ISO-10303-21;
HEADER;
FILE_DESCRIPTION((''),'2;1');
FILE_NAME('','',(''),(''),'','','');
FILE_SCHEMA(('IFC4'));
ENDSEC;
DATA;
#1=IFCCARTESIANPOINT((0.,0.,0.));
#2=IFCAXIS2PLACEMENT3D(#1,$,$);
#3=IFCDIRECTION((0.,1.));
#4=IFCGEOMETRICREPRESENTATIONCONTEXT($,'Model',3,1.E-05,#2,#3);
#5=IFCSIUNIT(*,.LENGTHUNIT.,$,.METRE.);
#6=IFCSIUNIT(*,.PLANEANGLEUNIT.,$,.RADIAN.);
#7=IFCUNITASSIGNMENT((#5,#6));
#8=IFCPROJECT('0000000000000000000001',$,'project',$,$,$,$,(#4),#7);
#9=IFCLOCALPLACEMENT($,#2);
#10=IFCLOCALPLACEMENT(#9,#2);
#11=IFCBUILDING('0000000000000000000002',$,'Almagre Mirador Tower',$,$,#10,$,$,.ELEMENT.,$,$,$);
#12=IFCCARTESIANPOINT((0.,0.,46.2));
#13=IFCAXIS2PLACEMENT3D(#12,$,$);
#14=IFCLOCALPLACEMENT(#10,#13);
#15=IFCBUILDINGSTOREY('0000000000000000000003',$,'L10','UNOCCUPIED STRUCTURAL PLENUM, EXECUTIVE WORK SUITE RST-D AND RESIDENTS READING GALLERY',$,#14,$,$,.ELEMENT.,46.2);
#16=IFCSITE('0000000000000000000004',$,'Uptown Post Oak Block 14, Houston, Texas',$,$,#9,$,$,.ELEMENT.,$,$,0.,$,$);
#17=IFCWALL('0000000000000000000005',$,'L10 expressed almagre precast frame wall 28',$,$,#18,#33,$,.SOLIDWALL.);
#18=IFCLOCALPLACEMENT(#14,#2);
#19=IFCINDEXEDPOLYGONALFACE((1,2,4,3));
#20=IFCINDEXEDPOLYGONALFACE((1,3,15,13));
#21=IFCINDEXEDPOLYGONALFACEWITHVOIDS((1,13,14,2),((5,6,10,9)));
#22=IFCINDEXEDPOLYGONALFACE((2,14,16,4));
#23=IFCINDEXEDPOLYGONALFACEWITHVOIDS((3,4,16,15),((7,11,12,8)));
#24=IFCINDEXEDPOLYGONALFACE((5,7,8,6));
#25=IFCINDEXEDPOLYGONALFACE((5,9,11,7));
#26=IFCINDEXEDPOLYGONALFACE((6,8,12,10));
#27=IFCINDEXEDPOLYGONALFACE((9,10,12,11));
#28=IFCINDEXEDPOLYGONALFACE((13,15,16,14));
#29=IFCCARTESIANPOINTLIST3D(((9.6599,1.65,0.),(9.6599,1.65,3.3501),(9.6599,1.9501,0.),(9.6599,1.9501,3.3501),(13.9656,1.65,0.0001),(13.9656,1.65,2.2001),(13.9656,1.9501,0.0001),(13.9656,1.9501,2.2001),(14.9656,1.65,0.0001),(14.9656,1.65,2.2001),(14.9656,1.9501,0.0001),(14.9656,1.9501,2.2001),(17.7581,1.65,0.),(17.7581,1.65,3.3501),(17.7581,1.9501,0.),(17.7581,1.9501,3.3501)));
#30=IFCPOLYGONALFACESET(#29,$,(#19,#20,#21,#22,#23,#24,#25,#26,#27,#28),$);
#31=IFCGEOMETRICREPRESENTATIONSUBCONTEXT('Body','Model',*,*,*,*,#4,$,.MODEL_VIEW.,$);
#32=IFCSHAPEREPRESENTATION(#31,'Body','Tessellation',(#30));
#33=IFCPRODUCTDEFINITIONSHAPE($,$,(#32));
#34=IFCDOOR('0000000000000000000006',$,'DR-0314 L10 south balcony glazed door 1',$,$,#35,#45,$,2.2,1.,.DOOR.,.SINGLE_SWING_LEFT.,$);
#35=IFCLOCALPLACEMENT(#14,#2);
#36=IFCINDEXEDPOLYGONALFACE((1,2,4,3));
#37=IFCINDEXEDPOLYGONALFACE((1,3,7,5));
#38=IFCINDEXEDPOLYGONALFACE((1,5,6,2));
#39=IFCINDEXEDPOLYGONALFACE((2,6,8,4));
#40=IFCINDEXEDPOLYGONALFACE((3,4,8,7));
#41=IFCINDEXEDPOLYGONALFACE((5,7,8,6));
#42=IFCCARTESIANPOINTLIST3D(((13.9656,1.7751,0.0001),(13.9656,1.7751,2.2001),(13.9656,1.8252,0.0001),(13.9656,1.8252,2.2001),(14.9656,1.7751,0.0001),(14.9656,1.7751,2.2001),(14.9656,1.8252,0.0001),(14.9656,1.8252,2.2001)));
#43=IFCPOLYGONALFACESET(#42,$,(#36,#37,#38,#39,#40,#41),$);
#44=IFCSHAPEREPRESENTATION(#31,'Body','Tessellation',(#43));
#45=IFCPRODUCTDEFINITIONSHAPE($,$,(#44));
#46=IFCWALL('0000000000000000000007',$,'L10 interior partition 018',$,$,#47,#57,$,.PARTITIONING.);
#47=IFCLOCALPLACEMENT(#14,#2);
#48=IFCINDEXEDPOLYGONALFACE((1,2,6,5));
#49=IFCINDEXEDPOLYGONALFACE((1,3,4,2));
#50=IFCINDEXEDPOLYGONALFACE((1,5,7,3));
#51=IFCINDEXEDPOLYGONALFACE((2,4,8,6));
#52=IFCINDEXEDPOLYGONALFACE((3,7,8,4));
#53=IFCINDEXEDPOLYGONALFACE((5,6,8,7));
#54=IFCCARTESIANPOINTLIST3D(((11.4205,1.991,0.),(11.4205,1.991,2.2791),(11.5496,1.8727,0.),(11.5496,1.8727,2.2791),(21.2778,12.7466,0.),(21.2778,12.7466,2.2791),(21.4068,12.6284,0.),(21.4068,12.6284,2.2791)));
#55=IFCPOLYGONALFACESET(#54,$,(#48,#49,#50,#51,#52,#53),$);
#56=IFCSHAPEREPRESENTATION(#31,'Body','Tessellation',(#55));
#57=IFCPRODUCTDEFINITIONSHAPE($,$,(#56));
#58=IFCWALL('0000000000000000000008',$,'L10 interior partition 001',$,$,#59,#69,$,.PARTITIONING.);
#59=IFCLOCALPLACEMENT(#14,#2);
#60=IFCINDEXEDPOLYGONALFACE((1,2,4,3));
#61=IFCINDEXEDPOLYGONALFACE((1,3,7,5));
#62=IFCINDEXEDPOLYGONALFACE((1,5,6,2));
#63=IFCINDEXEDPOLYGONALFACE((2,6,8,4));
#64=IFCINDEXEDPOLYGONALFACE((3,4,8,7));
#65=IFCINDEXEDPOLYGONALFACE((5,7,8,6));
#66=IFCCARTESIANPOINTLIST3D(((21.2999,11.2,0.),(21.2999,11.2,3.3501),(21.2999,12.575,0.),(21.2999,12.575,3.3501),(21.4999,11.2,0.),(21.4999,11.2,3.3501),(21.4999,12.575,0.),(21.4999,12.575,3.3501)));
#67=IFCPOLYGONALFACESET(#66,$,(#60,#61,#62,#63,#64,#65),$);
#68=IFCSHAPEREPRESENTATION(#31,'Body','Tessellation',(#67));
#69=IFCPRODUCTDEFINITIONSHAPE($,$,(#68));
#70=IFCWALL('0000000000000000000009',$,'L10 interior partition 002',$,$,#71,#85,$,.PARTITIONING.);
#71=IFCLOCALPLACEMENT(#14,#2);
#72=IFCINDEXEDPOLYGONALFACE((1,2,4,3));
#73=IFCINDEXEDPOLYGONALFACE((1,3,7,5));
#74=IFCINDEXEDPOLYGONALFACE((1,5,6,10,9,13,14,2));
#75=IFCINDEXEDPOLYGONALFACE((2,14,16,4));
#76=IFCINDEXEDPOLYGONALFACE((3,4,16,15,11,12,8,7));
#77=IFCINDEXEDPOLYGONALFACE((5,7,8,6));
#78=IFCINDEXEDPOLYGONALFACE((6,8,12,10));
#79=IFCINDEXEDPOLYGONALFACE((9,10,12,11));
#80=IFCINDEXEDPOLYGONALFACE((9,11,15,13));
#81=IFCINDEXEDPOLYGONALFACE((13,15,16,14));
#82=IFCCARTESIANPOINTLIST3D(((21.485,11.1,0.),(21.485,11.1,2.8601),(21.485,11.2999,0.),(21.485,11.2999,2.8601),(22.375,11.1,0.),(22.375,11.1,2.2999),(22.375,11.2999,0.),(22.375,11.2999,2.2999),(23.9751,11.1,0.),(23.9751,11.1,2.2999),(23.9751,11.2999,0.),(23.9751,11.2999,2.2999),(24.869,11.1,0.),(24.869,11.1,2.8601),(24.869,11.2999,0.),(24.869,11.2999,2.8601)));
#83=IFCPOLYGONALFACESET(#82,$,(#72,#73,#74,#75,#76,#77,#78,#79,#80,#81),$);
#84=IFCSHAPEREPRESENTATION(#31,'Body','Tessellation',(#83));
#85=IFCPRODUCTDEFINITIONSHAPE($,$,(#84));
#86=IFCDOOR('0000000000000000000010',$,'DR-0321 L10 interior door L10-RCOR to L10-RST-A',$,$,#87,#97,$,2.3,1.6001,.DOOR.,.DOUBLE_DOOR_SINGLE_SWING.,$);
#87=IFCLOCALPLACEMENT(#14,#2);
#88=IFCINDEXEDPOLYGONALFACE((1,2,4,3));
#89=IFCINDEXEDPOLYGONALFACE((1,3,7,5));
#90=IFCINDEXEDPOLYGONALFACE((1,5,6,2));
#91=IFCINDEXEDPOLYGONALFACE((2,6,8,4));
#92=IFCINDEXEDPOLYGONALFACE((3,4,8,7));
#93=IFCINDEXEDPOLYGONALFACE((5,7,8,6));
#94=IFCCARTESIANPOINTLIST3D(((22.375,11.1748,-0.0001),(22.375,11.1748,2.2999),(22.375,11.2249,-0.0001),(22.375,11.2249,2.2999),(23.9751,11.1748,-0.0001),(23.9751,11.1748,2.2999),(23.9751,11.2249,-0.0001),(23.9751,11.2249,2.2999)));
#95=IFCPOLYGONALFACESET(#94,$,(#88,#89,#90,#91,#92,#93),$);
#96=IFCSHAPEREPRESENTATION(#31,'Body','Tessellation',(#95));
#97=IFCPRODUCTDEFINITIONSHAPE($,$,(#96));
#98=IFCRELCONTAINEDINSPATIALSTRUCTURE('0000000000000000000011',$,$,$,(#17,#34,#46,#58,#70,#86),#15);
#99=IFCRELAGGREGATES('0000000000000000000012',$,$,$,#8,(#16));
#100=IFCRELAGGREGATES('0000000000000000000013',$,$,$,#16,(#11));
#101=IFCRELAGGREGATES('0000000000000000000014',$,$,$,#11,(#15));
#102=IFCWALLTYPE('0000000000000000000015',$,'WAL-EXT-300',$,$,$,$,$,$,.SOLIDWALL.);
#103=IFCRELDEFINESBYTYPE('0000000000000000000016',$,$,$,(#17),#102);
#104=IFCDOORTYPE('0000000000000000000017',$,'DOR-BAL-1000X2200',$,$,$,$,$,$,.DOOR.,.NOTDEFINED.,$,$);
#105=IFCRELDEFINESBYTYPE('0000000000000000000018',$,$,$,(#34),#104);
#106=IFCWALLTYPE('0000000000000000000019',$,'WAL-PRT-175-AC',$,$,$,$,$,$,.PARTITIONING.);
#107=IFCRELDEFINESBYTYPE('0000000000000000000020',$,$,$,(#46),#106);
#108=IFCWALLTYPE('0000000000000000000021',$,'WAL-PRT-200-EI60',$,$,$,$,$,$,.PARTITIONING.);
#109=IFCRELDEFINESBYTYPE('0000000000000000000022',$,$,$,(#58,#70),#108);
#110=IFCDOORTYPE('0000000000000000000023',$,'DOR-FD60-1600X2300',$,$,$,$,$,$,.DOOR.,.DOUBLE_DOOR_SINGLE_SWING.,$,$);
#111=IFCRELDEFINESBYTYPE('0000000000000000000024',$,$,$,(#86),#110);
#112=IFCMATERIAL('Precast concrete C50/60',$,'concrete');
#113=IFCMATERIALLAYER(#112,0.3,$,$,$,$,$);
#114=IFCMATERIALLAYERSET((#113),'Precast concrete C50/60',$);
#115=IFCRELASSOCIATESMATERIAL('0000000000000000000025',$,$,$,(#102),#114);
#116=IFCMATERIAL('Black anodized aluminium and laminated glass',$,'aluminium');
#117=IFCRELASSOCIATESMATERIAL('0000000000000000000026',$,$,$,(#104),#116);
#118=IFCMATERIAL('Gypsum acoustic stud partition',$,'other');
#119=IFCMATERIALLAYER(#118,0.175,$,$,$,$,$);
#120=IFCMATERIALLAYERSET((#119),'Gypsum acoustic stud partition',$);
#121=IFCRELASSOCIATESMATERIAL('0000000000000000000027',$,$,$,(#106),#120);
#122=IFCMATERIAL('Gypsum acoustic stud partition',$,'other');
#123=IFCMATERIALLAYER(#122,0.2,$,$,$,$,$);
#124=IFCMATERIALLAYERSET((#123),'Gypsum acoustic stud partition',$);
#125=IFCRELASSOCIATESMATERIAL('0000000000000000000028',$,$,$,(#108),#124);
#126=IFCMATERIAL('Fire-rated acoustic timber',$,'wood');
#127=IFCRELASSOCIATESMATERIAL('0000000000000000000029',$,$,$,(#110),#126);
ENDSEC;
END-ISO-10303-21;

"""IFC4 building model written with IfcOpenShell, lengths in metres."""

from ifc_helpers import new_model, si_unit, direction, frame, frame_2d, origin, place, context, subcontext, project, spatial, rectangle, extrude, material, layer, layer_set, type_object, element, fill, save


model = new_model("IFC4")

# Units and contexts
model_context = context("Model", 3, precision=1e-05, world=origin(), true_north=direction((0.0, 1.0)))
body_context = subcontext(model_context, "Body", "Model", "MODEL_VIEW")
ifc_project = project(units=[si_unit("LENGTHUNIT", "METRE"), si_unit("PLANEANGLEUNIT", "RADIAN")], contexts=[model_context])

# Site, building, storey
site_placement = place(None, origin())
site = spatial("IfcSite", under=ifc_project, at=site_placement, Name="Uptown Post Oak Block 14, Houston, Texas", CompositionType="ELEMENT", RefElevation=0.0)
building_placement = place(site_placement, origin())
building = spatial("IfcBuilding", under=site, at=building_placement, Name="Almagre Mirador Tower", CompositionType="ELEMENT")
storey_placement = place(building_placement, frame((0.0, 0.0, 46.2)))
storey = spatial("IfcBuildingStorey", under=building, at=storey_placement, Name="L10", Description="UNOCCUPIED STRUCTURAL PLENUM, EXECUTIVE WORK SUITE RST-D AND RESIDENTS READING GALLERY", CompositionType="ELEMENT", Elevation=46.2)

# Wall, opening, door
ifc_material_1 = material(Name="Precast concrete C50/60", Category="concrete")
ifc_layer_1 = layer(ifc_material_1, 0.3)
ifc_layer_set_1 = layer_set([ifc_layer_1], Name="Precast concrete C50/60")
wall_type_1 = type_object("IfcWallType", Name="WAL-EXT-300", PredefinedType="SOLIDWALL", material=ifc_layer_set_1)
wall_1_placement = place(storey_placement, frame((17.7581, 1.8, 0.0), z_axis=(0.0, 0.0, 1.0), x_axis=(-1.0, 0.0, 0.0)))
wall_1 = element("IfcWall", 1, at=wall_1_placement, inside=storey, type_object=wall_type_1, Name="L10 expressed almagre precast frame wall 28", PredefinedType="SOLIDWALL", context=body_context, shape_type="SweptSolid", body=[
    extrude(rectangle(XDim=8.0981, YDim=0.3, at=frame_2d((4.0491, 0.0))), origin(), (0.0, 0.0, 1.0), 3.3501),
])
opening_1_placement = place(wall_1_placement, frame((2.7925, 0.0, 0.0)))
opening_1 = element("IfcOpeningElement", 2, at=opening_1_placement, cuts=wall_1, PredefinedType="OPENING", context=body_context, shape_type="SweptSolid", body=[
    extrude(rectangle(XDim=1.0, YDim=2.2, at=frame_2d((0.5, 1.1001))), frame((0.0, 0.1599, 0.0), z_axis=(0.0, -1.0, 0.0), x_axis=(1.0, 0.0, 0.0)), (0.0, 0.0, 1.0), 0.32),
])
ifc_material_2 = material(Name="Black anodized aluminium and laminated glass", Category="aluminium")
door_type_1 = type_object("IfcDoorType", Name="DOR-BAL-1000X2200", OperationType="NOTDEFINED", PredefinedType="DOOR", material=ifc_material_2)
door_1_placement = place(opening_1_placement, origin())
door_1 = element("IfcDoor", 3, at=door_1_placement, inside=storey, type_object=door_type_1, Name="DR-0314 L10 south balcony glazed door 1", OperationType="SINGLE_SWING_LEFT", OverallHeight=2.2, OverallWidth=1.0, PredefinedType="DOOR", context=body_context, shape_type="SweptSolid", body=[
    extrude(rectangle(XDim=1.0, YDim=2.2, at=frame_2d((0.5, 1.1001))), frame((0.0, 0.0249, 0.0), z_axis=(0.0, -1.0, 0.0), x_axis=(1.0, 0.0, 0.0)), (0.0, 0.0, 1.0), 0.05),
])
fill(opening_1, door_1)

# Walls
ifc_material_3 = material(Name="Gypsum acoustic stud partition", Category="other")
ifc_layer_2 = layer(ifc_material_3, 0.175)
ifc_layer_set_2 = layer_set([ifc_layer_2], Name="Gypsum acoustic stud partition")
wall_type_2 = type_object("IfcWallType", Name="WAL-PRT-175-AC", PredefinedType="PARTITIONING", material=ifc_layer_set_2)
wall_2_placement = place(storey_placement, frame((21.3423, 12.6875, 0.0), z_axis=(0.0, 0.0, 1.0), x_axis=(-0.675645, -0.737227, 0.0)))
element("IfcWall", 4, at=wall_2_placement, inside=storey, type_object=wall_type_2, Name="L10 interior partition 018", PredefinedType="PARTITIONING", context=body_context, shape_type="SweptSolid", body=[
    extrude(rectangle(XDim=14.5894, YDim=0.175, at=frame_2d((7.2947, 0.0))), origin(), (0.0, 0.0, 1.0), 2.2791),
])
ifc_material_4 = material(Name="Gypsum acoustic stud partition", Category="other")
ifc_layer_3 = layer(ifc_material_4, 0.2)
ifc_layer_set_3 = layer_set([ifc_layer_3], Name="Gypsum acoustic stud partition")
wall_type_3 = type_object("IfcWallType", Name="WAL-PRT-200-EI60", PredefinedType="PARTITIONING", material=ifc_layer_set_3)
wall_3_placement = place(storey_placement, frame((21.3999, 12.575, 0.0), z_axis=(0.0, 0.0, 1.0), x_axis=(0.0, -1.0, 0.0)))
element("IfcWall", 5, at=wall_3_placement, inside=storey, type_object=wall_type_3, Name="L10 interior partition 001", PredefinedType="PARTITIONING", context=body_context, shape_type="SweptSolid", body=[
    extrude(rectangle(XDim=1.375, YDim=0.2, at=frame_2d((0.6875, 0.0))), origin(), (0.0, 0.0, 1.0), 3.3501),
])

# Wall, opening, door
wall_4_placement = place(storey_placement, frame((21.4851, 11.2, 0.0), z_axis=(0.0, 0.0, 1.0), x_axis=(1.0, 0.0, 0.0)))
wall_4 = element("IfcWall", 6, at=wall_4_placement, inside=storey, type_object=wall_type_3, Name="L10 interior partition 002", PredefinedType="PARTITIONING", context=body_context, shape_type="SweptSolid", body=[
    extrude(rectangle(XDim=3.384, YDim=0.2, at=frame_2d((1.6919, 0.0))), origin(), (0.0, 0.0, 1.0), 2.8601),
])
opening_2_placement = place(wall_4_placement, frame((0.8899, 0.0, 0.0)))
opening_2 = element("IfcOpeningElement", 7, at=opening_2_placement, cuts=wall_4, PredefinedType="OPENING", context=body_context, shape_type="SweptSolid", body=[
    extrude(rectangle(XDim=1.6001, YDim=2.3, at=frame_2d((0.8, 1.1499))), frame((0.0, 0.1101, 0.0), z_axis=(0.0, -1.0, 0.0), x_axis=(1.0, 0.0, 0.0)), (0.0, 0.0, 1.0), 0.22),
])
ifc_material_5 = material(Name="Fire-rated acoustic timber", Category="wood")
door_type_2 = type_object("IfcDoorType", Name="DOR-FD60-1600X2300", OperationType="DOUBLE_DOOR_SINGLE_SWING", PredefinedType="DOOR", material=ifc_material_5)
door_2_placement = place(opening_2_placement, origin())
door_2 = element("IfcDoor", 8, at=door_2_placement, inside=storey, type_object=door_type_2, Name="DR-0321 L10 interior door L10-RCOR to L10-RST-A", OperationType="DOUBLE_DOOR_SINGLE_SWING", OverallHeight=2.3, OverallWidth=1.6001, PredefinedType="DOOR", context=body_context, shape_type="SweptSolid", body=[
    extrude(rectangle(XDim=1.6001, YDim=2.3, at=frame_2d((0.8, 1.1499))), frame((0.0, 0.0249, 0.0), z_axis=(0.0, -1.0, 0.0), x_axis=(1.0, 0.0, 0.0)), (0.0, 0.0, 1.0), 0.05),
])
fill(opening_2, door_2)

save(model, "model.ifc")
